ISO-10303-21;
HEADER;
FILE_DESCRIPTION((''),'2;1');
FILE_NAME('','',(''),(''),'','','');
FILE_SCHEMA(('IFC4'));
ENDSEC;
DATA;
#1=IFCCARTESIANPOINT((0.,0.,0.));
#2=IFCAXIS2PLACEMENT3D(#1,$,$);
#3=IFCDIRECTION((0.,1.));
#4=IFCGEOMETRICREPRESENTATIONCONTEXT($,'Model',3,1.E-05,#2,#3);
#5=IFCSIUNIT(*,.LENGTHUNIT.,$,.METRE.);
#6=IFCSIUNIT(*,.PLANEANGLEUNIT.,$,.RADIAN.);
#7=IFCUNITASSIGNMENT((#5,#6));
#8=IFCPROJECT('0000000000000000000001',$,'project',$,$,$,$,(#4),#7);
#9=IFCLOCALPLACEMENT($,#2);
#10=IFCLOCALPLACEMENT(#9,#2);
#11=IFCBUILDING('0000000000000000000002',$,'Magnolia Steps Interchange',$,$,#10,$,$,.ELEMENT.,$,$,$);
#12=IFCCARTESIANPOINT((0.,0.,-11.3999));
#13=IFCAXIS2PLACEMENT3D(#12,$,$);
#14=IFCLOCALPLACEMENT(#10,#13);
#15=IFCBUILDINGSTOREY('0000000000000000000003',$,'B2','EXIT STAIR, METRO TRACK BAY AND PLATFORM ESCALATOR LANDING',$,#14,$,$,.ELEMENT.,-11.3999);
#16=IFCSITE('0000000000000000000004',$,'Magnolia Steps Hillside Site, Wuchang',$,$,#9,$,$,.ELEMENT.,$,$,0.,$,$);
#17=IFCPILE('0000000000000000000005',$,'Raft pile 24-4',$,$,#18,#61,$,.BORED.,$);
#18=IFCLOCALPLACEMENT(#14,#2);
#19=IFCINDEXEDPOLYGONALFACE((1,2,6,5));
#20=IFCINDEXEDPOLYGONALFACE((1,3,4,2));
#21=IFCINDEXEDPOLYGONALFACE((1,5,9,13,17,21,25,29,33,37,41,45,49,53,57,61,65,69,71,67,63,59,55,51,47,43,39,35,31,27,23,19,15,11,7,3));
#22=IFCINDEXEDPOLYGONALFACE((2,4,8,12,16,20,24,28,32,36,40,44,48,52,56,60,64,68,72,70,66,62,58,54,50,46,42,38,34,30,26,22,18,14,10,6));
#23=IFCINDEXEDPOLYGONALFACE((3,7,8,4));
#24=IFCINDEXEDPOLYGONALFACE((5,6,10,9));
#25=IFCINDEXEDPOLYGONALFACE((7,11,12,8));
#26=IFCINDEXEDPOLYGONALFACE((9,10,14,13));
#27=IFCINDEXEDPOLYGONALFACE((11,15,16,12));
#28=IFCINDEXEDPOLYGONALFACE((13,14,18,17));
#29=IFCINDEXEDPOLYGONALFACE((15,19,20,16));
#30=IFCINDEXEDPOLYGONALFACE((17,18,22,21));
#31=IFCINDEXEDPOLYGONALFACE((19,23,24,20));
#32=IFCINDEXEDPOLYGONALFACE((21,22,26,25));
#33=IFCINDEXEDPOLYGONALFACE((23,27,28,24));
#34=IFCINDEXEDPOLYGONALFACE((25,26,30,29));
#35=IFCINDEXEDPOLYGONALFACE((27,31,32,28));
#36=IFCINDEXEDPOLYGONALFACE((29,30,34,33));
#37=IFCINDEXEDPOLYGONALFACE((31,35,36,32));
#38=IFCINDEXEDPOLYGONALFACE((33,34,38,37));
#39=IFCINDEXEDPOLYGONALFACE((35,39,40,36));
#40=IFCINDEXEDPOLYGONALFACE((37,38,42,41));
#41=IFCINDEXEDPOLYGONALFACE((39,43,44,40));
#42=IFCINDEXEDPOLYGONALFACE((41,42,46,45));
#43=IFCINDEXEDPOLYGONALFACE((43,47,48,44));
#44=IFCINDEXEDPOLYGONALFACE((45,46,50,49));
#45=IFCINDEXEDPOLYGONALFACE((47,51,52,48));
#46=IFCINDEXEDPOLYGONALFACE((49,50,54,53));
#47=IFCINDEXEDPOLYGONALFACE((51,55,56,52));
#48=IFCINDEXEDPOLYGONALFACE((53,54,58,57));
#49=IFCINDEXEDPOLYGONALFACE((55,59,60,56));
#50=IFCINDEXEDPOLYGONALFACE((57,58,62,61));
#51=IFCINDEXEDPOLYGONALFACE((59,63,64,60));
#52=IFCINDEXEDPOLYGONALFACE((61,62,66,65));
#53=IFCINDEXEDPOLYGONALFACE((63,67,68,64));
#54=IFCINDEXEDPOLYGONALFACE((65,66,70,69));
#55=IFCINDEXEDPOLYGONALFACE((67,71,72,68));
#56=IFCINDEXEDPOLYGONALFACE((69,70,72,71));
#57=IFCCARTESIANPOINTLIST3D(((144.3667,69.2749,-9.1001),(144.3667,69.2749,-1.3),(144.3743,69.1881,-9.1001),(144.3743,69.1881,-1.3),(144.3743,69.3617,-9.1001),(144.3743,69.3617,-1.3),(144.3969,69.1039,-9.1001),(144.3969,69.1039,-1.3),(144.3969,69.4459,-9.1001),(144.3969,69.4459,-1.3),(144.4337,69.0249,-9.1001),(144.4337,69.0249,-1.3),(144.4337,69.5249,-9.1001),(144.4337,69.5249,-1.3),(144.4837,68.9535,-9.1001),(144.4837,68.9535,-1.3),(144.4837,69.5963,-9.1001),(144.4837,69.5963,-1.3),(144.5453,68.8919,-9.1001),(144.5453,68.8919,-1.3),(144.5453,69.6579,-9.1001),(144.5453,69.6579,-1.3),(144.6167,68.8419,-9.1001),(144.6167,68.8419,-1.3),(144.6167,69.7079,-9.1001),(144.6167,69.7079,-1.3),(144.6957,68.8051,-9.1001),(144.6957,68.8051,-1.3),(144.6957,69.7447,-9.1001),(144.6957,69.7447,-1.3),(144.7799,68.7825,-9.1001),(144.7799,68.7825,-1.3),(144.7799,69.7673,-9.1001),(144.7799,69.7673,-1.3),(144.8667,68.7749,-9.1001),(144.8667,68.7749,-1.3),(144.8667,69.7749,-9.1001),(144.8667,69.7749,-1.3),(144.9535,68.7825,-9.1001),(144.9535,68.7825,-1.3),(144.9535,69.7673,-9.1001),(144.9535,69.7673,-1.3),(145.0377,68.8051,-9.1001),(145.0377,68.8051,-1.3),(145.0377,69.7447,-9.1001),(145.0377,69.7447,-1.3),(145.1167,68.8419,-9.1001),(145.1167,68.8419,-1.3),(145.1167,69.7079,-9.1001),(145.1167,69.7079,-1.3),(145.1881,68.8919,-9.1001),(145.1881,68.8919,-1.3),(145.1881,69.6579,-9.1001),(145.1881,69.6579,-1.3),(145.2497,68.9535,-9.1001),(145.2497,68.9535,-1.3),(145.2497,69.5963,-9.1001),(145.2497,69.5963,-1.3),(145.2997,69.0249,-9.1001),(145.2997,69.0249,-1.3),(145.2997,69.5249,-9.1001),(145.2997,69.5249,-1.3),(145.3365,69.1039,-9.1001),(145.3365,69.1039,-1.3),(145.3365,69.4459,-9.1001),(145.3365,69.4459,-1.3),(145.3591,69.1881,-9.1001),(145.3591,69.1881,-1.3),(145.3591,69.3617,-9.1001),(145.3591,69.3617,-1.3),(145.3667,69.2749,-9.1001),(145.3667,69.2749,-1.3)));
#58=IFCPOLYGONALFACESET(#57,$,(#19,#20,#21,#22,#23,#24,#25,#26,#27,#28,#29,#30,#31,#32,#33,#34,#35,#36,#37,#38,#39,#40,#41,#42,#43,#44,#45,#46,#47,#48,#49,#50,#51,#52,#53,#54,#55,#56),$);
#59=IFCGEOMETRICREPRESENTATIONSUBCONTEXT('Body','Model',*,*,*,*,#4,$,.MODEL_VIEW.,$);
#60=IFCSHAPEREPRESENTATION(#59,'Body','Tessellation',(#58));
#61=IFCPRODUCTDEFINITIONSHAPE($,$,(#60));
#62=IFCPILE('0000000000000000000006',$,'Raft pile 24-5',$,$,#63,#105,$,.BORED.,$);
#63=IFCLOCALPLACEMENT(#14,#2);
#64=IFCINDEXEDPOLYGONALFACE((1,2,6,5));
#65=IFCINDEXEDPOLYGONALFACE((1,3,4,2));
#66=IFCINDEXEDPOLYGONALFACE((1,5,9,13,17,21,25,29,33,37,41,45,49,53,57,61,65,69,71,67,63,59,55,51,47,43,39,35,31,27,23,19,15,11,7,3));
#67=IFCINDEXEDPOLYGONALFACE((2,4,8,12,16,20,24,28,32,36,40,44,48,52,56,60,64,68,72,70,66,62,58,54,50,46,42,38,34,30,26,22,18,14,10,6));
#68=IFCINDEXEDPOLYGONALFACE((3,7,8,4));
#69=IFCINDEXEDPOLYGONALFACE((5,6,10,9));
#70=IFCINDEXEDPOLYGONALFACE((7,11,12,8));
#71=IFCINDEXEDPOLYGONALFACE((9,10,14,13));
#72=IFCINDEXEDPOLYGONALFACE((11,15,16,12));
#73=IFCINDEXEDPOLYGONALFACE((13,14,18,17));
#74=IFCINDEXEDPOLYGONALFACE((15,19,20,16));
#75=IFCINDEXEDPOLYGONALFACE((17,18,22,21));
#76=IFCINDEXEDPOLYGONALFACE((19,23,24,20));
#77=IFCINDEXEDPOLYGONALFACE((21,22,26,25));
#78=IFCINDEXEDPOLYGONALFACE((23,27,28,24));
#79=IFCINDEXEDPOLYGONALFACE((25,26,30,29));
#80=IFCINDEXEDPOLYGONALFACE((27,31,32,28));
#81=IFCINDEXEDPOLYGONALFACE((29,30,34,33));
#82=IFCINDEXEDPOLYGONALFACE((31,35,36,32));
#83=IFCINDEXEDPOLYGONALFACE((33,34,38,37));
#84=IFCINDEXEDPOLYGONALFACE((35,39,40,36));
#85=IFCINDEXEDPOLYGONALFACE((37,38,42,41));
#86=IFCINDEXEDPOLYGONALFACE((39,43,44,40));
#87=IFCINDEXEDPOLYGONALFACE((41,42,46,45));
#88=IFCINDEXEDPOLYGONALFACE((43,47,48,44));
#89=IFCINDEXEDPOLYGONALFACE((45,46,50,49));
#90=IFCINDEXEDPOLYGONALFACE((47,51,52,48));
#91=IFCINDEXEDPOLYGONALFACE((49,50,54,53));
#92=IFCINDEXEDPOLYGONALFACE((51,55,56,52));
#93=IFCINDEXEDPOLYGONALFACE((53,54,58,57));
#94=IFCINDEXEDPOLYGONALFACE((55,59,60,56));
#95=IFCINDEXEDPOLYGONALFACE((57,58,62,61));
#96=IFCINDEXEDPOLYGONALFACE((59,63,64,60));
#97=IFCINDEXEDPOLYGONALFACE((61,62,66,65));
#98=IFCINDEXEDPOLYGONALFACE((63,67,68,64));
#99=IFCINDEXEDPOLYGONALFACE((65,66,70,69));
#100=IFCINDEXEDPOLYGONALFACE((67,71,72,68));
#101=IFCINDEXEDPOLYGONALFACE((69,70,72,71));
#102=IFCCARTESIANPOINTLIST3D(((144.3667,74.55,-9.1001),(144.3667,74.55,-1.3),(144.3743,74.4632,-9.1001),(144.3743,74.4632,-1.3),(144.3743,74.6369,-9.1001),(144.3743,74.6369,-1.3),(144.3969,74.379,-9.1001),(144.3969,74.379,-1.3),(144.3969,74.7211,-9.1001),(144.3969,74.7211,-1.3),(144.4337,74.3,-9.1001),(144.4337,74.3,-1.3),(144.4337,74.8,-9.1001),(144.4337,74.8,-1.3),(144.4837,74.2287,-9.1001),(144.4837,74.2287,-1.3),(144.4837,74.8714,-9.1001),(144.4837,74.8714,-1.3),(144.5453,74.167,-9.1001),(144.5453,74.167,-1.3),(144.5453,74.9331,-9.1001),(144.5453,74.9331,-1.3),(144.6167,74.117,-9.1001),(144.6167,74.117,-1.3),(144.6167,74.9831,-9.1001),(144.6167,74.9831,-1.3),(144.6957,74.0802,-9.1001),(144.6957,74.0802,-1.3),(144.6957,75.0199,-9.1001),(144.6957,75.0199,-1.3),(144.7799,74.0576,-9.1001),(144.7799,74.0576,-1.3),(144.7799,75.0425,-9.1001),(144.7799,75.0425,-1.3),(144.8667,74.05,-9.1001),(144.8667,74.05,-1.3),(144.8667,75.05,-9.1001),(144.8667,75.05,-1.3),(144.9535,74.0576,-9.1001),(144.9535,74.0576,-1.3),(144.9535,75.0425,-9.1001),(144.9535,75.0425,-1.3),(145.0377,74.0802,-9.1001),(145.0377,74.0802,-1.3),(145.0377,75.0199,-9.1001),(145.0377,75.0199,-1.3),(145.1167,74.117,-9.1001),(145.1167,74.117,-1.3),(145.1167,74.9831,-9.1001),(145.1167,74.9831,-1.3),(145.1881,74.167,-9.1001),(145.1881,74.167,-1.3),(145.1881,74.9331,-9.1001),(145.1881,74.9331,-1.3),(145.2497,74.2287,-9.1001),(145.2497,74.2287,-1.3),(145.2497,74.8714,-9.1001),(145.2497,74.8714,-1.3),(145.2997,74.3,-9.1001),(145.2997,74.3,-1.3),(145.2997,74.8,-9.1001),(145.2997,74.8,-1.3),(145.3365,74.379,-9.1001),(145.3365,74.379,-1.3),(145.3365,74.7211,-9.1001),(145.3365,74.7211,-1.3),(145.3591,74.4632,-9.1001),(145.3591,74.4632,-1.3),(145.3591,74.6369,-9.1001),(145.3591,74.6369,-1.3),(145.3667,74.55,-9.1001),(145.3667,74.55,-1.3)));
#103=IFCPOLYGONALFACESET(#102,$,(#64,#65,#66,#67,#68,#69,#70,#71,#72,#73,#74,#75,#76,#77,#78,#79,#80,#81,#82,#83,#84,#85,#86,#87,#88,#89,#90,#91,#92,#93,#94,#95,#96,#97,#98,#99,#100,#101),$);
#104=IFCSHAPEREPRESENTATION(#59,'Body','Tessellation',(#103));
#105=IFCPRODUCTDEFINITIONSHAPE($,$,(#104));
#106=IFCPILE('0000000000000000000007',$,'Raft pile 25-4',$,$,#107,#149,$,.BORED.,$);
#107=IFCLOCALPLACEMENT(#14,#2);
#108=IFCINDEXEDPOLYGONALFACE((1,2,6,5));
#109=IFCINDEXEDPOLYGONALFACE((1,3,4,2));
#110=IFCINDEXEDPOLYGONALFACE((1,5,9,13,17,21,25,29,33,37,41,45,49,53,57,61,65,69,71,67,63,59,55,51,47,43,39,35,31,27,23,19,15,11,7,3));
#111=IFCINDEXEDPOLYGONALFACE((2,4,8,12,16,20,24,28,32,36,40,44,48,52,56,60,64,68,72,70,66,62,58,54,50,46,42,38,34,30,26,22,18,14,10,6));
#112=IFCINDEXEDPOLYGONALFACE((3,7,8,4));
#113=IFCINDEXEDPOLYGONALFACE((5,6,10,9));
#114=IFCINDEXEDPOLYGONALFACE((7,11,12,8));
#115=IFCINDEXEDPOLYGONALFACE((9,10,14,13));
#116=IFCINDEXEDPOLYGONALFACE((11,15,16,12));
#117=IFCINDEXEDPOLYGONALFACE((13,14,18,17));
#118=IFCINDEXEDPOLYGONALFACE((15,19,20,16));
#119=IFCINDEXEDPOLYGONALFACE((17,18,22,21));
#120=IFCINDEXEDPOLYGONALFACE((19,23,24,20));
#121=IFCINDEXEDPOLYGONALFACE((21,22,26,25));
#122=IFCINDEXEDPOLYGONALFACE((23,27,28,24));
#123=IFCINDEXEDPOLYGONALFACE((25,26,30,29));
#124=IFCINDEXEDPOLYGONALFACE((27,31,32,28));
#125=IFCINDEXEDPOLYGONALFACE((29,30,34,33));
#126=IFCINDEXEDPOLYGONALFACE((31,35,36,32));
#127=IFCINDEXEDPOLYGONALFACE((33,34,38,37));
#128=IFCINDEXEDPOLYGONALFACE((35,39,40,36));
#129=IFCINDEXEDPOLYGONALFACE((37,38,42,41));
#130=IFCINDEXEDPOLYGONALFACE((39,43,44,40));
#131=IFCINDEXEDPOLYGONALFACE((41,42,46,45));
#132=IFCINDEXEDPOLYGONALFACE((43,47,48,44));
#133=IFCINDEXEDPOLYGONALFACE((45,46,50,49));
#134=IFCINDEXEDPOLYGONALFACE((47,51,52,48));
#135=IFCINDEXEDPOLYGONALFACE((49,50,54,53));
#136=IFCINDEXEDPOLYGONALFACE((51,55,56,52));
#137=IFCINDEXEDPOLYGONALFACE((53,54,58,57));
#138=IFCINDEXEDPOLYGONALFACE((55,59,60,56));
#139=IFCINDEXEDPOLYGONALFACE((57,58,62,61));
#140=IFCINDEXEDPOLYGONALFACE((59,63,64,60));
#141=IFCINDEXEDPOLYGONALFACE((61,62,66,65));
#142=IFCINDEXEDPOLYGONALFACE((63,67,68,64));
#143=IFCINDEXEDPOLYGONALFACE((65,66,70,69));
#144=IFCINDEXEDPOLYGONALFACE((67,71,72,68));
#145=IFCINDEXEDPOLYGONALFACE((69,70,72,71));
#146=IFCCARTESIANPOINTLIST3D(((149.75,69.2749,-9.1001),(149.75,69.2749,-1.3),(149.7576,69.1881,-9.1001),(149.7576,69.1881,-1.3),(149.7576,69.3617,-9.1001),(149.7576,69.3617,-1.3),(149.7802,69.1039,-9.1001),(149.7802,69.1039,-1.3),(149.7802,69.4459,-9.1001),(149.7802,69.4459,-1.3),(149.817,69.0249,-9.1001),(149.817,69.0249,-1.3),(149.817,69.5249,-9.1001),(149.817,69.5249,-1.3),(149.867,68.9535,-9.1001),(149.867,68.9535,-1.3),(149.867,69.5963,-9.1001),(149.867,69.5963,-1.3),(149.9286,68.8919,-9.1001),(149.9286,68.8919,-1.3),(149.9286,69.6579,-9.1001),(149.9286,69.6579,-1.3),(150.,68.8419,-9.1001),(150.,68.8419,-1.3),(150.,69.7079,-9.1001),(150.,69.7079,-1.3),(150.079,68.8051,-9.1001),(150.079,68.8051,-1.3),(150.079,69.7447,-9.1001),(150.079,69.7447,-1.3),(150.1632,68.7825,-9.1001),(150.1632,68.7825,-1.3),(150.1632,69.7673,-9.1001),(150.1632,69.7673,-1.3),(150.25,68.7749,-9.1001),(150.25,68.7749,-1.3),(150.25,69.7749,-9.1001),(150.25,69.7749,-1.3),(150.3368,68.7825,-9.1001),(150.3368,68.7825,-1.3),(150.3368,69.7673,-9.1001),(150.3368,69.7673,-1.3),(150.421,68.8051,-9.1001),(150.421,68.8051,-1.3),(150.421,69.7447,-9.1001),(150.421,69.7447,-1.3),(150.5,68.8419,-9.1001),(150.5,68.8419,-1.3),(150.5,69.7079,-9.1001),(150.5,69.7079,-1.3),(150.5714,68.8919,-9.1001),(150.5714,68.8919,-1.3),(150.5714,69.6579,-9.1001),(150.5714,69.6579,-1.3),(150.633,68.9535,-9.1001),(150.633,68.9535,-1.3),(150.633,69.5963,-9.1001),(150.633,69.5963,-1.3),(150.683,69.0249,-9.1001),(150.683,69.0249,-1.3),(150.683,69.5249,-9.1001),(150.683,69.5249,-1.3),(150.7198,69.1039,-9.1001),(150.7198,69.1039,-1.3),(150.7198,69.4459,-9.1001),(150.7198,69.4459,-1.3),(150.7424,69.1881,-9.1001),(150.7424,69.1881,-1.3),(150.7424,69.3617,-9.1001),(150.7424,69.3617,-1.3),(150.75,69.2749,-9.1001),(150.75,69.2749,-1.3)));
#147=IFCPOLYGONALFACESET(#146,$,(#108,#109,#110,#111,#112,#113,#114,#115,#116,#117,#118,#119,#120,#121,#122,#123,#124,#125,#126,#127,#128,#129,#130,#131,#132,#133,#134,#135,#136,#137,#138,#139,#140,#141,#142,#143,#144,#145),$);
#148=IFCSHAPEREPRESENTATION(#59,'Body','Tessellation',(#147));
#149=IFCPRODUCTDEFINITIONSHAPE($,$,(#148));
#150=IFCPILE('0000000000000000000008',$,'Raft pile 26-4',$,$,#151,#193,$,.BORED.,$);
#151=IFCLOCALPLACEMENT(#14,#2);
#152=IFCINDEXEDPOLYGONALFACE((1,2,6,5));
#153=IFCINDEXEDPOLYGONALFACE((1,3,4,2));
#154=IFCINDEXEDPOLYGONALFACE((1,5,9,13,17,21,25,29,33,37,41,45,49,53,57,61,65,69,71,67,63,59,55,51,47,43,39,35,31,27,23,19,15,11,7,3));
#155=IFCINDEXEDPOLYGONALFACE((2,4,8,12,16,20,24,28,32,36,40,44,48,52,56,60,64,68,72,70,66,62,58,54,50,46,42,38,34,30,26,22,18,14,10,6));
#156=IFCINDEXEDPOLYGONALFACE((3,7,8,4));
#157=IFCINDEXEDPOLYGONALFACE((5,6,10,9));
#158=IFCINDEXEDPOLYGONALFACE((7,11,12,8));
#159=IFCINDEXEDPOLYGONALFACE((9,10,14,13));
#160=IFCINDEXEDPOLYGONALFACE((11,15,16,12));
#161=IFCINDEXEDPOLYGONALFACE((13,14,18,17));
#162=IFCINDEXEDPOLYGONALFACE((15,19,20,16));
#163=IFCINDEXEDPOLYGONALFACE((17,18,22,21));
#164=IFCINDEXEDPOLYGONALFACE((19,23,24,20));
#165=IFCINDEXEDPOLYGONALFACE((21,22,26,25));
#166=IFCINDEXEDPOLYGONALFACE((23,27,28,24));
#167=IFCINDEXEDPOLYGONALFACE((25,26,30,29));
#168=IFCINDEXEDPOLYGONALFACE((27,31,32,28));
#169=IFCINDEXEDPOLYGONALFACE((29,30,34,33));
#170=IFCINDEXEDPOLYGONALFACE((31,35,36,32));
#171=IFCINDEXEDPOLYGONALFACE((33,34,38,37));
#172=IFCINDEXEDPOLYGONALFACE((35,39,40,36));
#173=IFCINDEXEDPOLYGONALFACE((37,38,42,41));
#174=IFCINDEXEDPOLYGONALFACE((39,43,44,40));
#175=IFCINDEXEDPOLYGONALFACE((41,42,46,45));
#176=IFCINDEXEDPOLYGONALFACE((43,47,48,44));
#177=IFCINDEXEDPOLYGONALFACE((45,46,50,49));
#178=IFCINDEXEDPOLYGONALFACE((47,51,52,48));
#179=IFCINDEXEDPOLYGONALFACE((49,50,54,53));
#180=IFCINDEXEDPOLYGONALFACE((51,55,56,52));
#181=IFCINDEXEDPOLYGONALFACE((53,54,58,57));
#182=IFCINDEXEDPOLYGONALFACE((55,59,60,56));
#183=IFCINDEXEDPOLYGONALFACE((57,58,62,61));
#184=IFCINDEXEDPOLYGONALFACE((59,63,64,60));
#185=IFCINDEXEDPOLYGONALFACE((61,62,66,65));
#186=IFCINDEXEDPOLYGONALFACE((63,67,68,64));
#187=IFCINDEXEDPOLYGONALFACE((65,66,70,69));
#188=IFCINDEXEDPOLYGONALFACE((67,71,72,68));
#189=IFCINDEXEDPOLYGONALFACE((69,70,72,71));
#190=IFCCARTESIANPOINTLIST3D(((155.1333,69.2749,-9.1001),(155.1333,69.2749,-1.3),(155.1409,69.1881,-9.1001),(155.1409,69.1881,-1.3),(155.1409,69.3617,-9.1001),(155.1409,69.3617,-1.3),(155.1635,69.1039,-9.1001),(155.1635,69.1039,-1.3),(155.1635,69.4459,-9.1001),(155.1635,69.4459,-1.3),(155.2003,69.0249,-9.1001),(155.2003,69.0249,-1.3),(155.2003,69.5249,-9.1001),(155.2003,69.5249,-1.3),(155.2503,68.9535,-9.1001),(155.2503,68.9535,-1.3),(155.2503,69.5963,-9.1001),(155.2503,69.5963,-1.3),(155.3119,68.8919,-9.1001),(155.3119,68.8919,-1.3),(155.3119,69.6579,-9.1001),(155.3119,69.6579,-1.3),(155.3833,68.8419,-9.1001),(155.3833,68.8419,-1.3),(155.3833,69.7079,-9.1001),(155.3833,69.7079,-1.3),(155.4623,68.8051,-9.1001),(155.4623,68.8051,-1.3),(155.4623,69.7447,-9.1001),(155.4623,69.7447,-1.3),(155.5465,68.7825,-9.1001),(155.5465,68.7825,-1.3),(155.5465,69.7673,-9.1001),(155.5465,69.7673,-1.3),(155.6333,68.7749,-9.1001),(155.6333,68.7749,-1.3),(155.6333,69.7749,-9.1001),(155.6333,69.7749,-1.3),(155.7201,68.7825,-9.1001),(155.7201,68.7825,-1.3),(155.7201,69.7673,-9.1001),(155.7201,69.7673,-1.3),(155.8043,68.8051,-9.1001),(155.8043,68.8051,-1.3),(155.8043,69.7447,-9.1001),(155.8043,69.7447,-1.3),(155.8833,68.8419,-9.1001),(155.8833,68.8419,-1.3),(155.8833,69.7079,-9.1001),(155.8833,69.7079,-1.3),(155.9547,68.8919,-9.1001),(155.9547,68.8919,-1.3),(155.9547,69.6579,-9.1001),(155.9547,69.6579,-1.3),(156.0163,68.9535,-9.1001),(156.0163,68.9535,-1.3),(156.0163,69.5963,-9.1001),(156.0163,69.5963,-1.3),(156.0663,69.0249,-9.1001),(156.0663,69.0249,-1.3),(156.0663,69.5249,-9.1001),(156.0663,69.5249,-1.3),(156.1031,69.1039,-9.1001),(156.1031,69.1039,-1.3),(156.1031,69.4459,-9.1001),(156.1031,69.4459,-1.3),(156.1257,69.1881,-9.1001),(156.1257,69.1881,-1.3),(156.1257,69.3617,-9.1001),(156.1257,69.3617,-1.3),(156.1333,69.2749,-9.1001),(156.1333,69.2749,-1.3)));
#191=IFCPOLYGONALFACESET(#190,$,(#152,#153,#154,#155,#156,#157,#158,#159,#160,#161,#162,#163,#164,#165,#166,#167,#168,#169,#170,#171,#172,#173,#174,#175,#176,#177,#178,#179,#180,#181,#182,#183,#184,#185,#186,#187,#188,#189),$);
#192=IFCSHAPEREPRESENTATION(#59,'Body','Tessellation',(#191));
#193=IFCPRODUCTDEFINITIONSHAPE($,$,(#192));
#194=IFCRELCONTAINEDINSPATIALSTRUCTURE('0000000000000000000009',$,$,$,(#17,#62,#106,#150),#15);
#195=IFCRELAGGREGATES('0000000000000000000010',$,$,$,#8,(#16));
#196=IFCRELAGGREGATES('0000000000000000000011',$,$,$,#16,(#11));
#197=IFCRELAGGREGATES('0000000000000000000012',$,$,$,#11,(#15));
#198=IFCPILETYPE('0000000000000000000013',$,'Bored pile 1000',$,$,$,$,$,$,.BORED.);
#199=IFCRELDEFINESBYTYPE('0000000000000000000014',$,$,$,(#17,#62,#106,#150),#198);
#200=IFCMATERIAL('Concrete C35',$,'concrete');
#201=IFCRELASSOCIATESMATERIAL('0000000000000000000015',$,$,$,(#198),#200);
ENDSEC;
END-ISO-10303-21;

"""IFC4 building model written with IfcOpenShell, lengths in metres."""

from ifc_helpers import new_model, si_unit, direction, frame, origin, origin_2d, place, context, subcontext, project, spatial, circle, extrude, material, material_profile, profile_set, type_object, element, save


model = new_model("IFC4")

# Units and contexts
model_context = context("Model", 3, precision=1e-05, world=origin(), true_north=direction((0.0, 1.0)))
body_context = subcontext(model_context, "Body", "Model", "MODEL_VIEW")
ifc_project = project(units=[si_unit("LENGTHUNIT", "METRE"), si_unit("PLANEANGLEUNIT", "RADIAN")], contexts=[model_context])

# Site, building, storey
site_placement = place(None, origin())
site = spatial("IfcSite", under=ifc_project, at=site_placement, Name="Magnolia Steps Hillside Site, Wuchang", CompositionType="ELEMENT", RefElevation=0.0)
building_placement = place(site_placement, origin())
building = spatial("IfcBuilding", under=site, at=building_placement, Name="Magnolia Steps Interchange", CompositionType="ELEMENT")
storey_placement = place(building_placement, frame((0.0, 0.0, -11.3999)))
storey = spatial("IfcBuildingStorey", under=building, at=storey_placement, Name="B2", Description="EXIT STAIR, METRO TRACK BAY AND PLATFORM ESCALATOR LANDING", CompositionType="ELEMENT", Elevation=-11.3999)

# Piles
ifc_material_1 = material(Name="Concrete C35", Category="concrete")
ifc_material_profile = material_profile(ifc_material_1, circle(Radius=0.5, at=origin_2d()), Name="Bored pile 1000")
ifc_profile_set = profile_set([ifc_material_profile], Name="Concrete C35")
pile_type = type_object("IfcPileType", Name="Bored pile 1000", PredefinedType="BORED", material=ifc_profile_set)
for number, where, z_axis, x_axis, name in (
    (1, (144.8667, 69.2749, -1.3), (0.0, 0.0, -1.0), (1.0, 0.0, 0.0), "Raft pile 24-4"),
    (2, (144.8667, 74.55, -1.3), (0.0, 0.0, -1.0), (1.0, 0.0, 0.0), "Raft pile 24-5"),
    (3, (150.25, 69.2749, -1.3), (0.0, 0.0, -1.0), (1.0, 0.0, 0.0), "Raft pile 25-4"),
    (4, (155.6333, 69.2749, -1.3), (0.0, 0.0, -1.0), (1.0, 0.0, 0.0), "Raft pile 26-4"),
):
    element("IfcPile", number, at=place(storey_placement, frame(where, z_axis=z_axis, x_axis=x_axis)), inside=storey, type_object=pile_type, Name=name, PredefinedType="BORED", context=body_context, shape_type="SweptSolid", body=[
        extrude(circle(Radius=0.5, at=origin_2d()), origin(), (0.0, 0.0, 1.0), 7.8),
    ])

save(model, "model.ifc")
